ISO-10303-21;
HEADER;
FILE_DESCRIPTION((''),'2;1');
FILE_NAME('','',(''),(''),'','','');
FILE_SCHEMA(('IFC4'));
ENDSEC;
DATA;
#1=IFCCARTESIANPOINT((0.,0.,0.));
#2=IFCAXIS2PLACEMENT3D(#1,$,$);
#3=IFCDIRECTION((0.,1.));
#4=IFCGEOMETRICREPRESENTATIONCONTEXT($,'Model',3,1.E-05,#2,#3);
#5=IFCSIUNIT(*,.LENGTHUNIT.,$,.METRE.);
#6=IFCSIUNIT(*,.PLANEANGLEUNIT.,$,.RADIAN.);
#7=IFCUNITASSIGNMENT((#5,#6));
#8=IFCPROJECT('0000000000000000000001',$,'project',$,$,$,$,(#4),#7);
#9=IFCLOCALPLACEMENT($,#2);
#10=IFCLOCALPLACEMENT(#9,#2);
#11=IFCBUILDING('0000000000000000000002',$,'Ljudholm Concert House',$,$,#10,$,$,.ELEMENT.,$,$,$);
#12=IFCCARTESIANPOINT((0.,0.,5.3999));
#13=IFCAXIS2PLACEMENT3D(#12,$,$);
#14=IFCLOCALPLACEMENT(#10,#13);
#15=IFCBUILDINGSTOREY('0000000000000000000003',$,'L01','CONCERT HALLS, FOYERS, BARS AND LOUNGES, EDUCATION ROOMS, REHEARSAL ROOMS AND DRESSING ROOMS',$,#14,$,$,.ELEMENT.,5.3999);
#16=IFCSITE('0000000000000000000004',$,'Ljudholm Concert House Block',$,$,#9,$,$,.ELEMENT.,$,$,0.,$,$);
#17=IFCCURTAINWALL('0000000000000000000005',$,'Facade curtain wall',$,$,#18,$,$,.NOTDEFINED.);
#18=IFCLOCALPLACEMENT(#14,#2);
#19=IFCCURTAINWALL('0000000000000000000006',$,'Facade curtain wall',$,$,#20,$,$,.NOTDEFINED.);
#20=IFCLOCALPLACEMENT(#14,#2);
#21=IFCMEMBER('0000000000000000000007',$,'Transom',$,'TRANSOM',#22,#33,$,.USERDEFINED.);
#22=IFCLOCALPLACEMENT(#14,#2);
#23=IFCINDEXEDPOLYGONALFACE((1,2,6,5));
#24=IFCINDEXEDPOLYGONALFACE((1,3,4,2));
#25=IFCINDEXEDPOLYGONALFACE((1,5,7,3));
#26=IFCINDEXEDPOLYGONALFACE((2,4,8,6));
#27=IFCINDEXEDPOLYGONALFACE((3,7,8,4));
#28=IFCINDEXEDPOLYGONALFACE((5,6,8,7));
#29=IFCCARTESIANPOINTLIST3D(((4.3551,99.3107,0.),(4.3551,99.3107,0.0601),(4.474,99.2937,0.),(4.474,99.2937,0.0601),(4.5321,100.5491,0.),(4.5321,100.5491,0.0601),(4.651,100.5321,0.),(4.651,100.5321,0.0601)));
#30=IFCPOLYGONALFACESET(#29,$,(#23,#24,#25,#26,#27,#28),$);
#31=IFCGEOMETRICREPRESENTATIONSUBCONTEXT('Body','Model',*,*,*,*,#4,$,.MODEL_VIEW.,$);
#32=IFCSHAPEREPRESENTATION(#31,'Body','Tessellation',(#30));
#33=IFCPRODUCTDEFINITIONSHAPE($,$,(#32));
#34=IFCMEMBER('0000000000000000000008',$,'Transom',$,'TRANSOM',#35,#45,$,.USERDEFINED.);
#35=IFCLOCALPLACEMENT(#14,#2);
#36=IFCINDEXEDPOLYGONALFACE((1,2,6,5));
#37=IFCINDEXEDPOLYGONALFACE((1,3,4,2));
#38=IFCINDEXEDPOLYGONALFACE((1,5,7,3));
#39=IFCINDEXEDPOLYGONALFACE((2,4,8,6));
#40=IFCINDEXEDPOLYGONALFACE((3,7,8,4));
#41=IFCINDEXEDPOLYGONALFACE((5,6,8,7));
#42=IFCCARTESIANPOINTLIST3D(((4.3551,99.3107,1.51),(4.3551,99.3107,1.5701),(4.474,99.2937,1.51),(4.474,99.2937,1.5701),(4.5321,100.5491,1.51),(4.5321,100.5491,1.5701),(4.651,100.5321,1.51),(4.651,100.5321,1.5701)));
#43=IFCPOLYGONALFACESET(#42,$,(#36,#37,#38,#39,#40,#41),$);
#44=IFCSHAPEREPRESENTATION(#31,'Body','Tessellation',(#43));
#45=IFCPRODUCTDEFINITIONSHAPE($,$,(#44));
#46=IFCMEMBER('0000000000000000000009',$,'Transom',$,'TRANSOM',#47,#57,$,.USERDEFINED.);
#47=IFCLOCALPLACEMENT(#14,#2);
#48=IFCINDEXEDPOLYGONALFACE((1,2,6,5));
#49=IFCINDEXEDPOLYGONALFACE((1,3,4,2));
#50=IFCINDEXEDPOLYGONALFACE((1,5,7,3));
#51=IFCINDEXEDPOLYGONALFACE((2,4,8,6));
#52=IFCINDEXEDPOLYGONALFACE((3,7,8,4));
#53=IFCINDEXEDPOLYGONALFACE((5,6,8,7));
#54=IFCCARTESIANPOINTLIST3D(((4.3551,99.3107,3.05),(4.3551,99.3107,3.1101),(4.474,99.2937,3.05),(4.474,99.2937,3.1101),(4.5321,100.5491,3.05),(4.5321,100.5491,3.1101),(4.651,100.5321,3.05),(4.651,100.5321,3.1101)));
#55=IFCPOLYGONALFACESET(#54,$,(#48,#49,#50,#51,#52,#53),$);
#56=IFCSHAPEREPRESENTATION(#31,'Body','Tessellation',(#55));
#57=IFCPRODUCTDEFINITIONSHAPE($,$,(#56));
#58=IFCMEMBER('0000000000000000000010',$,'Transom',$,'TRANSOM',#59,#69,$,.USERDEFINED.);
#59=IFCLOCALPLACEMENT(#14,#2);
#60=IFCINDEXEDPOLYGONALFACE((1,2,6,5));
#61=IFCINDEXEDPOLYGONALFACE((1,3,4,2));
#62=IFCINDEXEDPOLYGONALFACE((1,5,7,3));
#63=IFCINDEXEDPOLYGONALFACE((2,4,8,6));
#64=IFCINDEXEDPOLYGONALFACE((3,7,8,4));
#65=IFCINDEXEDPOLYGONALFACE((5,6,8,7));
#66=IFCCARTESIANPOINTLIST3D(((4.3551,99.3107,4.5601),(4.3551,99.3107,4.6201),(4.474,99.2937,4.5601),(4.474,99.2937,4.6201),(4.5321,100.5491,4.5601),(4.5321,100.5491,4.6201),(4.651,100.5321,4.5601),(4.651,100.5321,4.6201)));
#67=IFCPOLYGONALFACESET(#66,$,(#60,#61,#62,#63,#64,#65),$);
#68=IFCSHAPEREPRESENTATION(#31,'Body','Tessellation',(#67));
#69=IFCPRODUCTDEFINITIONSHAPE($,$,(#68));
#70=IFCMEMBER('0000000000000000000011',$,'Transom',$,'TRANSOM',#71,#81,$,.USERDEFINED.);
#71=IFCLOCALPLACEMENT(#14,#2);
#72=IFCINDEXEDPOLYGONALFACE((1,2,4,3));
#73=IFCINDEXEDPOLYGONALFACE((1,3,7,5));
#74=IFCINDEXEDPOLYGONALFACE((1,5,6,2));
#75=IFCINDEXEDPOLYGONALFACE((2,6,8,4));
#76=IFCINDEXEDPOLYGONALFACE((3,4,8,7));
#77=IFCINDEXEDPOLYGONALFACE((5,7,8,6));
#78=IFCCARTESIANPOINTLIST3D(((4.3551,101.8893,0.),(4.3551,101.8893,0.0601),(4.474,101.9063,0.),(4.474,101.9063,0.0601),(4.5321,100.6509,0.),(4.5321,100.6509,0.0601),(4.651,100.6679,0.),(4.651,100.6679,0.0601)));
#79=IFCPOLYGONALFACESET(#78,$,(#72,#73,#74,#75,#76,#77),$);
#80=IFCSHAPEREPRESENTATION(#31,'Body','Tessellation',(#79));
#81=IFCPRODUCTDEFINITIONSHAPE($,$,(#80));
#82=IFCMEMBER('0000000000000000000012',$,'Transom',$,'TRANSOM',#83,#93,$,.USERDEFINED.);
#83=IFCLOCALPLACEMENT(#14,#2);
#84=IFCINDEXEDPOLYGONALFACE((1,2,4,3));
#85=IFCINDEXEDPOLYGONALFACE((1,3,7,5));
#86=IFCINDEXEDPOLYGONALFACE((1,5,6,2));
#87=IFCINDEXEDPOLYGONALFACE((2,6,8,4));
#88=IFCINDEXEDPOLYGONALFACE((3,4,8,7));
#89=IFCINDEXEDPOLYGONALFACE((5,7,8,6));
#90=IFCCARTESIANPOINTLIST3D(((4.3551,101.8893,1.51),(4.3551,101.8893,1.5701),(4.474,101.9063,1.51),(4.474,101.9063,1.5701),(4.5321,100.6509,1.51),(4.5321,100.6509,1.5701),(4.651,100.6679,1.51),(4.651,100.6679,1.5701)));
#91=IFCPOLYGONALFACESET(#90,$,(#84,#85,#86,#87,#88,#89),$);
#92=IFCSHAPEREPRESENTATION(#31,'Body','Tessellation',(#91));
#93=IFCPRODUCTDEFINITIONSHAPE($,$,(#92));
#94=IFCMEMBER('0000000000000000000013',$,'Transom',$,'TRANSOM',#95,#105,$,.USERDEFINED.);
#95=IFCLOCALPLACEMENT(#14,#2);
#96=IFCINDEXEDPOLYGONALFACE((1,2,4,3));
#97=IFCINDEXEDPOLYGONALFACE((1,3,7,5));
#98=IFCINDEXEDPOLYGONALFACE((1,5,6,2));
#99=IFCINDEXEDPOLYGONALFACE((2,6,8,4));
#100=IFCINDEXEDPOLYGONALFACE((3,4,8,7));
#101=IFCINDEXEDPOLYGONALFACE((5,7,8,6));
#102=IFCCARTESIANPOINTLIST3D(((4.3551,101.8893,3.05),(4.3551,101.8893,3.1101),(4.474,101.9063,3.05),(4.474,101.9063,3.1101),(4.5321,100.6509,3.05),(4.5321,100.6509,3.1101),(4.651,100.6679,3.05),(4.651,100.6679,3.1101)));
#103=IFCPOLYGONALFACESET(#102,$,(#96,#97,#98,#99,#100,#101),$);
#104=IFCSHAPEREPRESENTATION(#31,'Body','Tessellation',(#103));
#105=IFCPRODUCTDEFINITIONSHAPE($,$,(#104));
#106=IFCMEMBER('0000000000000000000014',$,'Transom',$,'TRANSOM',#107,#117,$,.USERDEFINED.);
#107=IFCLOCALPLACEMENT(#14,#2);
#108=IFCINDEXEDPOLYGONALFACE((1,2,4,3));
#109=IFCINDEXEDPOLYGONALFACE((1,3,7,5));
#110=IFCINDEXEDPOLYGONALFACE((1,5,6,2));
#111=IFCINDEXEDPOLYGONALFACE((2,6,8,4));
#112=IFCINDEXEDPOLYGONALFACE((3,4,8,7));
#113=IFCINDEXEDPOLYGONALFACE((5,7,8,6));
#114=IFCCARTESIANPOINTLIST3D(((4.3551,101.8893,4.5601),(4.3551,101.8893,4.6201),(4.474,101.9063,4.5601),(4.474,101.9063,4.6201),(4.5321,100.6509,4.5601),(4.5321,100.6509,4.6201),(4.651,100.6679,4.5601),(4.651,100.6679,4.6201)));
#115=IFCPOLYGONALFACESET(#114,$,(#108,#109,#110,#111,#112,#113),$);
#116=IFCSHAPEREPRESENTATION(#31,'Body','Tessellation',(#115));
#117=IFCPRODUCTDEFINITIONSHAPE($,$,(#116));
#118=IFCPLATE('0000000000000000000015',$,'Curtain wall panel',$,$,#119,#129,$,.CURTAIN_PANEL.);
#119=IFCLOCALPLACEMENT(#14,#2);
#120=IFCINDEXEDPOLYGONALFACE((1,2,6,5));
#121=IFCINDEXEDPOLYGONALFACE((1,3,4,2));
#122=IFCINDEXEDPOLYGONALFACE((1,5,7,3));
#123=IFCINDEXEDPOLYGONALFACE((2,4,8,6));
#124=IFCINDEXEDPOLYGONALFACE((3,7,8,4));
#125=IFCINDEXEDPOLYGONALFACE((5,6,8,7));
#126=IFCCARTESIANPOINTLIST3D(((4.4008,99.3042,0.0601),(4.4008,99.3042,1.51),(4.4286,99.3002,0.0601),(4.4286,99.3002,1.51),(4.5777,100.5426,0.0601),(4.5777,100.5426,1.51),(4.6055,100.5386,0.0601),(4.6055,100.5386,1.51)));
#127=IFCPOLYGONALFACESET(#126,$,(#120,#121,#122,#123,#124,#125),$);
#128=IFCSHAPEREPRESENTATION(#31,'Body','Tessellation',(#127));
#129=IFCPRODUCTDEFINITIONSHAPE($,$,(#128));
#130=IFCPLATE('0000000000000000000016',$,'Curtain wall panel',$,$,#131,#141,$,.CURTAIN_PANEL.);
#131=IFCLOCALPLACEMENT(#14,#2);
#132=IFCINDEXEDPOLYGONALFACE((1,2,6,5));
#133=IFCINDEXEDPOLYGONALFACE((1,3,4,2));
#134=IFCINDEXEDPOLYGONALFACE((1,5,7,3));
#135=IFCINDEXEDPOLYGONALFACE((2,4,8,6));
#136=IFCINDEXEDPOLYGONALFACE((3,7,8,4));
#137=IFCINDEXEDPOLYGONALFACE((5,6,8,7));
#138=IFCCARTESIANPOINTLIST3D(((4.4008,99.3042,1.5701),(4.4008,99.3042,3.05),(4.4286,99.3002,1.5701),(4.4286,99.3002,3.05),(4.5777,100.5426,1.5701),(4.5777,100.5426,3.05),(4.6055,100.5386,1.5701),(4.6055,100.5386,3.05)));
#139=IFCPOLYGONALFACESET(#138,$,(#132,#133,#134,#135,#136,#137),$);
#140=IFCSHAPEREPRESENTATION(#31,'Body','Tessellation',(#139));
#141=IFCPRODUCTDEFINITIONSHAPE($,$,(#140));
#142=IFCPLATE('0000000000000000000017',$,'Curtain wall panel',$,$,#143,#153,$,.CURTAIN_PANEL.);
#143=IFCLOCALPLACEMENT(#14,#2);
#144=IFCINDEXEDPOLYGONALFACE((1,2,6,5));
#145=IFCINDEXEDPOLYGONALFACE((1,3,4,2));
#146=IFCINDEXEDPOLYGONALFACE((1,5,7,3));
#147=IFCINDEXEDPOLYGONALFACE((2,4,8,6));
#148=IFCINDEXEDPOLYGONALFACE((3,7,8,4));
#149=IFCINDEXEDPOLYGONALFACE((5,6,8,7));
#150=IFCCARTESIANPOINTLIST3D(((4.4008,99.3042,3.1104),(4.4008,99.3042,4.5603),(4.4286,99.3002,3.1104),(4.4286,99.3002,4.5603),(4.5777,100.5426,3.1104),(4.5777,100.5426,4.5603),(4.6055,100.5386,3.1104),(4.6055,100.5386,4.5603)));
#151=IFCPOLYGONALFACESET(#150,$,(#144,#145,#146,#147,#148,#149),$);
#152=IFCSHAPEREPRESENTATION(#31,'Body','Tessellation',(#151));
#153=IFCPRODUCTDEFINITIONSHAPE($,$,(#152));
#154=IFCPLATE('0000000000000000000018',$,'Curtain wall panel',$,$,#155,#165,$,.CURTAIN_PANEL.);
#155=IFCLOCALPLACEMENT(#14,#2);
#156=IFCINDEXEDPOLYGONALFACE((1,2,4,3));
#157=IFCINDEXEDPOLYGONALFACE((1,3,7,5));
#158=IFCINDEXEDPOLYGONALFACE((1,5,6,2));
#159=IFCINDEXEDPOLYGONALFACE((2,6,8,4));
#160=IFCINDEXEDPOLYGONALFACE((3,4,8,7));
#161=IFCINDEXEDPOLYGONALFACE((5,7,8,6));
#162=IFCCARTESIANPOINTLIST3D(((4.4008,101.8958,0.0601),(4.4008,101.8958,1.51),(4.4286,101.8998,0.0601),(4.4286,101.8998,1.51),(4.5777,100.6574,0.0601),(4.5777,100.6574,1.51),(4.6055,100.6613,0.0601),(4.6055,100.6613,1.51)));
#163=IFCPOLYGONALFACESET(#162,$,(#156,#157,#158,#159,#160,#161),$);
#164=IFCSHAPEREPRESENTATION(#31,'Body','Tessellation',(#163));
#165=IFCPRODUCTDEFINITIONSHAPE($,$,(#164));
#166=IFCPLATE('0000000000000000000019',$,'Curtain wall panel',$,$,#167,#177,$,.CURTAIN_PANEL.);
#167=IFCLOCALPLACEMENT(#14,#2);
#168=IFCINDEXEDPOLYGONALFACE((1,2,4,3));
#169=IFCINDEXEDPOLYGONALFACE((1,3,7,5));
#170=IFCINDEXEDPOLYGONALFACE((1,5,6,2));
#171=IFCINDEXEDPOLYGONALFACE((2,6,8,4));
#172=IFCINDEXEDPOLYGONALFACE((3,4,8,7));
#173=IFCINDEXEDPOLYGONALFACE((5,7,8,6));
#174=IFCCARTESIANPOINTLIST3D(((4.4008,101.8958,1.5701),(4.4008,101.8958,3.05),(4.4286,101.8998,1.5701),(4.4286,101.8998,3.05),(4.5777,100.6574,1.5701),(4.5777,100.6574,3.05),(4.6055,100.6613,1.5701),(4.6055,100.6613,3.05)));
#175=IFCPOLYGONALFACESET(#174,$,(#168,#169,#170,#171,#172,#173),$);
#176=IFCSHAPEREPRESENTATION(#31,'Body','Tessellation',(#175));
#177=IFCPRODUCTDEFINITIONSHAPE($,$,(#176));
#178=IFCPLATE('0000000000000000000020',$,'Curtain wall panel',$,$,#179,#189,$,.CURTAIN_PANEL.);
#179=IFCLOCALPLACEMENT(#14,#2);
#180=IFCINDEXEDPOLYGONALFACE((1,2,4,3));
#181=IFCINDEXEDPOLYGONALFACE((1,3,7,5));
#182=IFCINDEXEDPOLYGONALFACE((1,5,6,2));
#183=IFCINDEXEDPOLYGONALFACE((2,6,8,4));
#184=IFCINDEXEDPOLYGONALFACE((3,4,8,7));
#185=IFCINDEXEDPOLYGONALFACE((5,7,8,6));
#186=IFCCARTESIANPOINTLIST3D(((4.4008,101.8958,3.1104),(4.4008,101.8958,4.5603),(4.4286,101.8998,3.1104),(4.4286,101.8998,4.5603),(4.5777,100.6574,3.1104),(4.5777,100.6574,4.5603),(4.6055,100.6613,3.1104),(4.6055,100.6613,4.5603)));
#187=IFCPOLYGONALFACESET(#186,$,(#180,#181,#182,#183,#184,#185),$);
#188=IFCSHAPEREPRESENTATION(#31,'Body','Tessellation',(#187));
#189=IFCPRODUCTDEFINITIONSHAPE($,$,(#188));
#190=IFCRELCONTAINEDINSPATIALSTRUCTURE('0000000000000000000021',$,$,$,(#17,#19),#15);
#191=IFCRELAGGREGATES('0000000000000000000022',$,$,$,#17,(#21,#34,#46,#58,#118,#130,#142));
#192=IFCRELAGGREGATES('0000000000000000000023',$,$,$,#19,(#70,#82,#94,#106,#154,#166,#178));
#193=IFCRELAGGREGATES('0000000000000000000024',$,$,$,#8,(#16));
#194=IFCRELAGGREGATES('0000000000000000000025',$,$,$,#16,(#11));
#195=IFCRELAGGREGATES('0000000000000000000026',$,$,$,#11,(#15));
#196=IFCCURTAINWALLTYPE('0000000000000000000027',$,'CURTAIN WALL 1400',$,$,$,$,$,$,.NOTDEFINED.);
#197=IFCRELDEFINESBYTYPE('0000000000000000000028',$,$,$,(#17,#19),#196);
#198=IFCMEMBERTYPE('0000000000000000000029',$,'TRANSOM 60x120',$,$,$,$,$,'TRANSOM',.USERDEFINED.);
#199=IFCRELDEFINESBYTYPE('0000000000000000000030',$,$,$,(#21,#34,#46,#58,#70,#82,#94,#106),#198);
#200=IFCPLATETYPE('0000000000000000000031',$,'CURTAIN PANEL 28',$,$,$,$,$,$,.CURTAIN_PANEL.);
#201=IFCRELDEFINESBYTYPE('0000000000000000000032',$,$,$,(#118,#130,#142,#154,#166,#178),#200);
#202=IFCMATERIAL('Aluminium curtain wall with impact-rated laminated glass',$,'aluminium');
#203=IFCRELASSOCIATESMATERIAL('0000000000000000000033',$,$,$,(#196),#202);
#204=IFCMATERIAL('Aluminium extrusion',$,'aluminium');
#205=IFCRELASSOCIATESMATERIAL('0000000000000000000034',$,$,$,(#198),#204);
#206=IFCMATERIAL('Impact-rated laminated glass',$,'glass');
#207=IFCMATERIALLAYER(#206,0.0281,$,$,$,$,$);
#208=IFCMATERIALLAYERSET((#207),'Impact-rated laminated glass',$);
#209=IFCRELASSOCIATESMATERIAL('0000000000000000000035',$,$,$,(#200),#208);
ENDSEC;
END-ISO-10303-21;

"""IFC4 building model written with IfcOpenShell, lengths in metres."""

from ifc_helpers import new_model, si_unit, direction, frame, origin, origin_2d, place, context, subcontext, project, spatial, rectangle, extrude, material, layer, layer_set, material_profile, profile_set, type_object, element, aggregate, save


model = new_model("IFC4")

# Units and contexts
model_context = context("Model", 3, precision=1e-05, world=origin(), true_north=direction((0.0, 1.0)))
body_context = subcontext(model_context, "Body", "Model", "MODEL_VIEW")
ifc_project = project(units=[si_unit("LENGTHUNIT", "METRE"), si_unit("PLANEANGLEUNIT", "RADIAN")], contexts=[model_context])

# Site, building, storey
site_placement = place(None, origin())
site = spatial("IfcSite", under=ifc_project, at=site_placement, Name="Ljudholm Concert House Block", CompositionType="ELEMENT", RefElevation=0.0)
building_placement = place(site_placement, origin())
building = spatial("IfcBuilding", under=site, at=building_placement, Name="Ljudholm Concert House", CompositionType="ELEMENT")
storey_placement = place(building_placement, frame((0.0, 0.0, 5.3999)))
storey = spatial("IfcBuildingStorey", under=building, at=storey_placement, Name="L01", Description="CONCERT HALLS, FOYERS, BARS AND LOUNGES, EDUCATION ROOMS, REHEARSAL ROOMS AND DRESSING ROOMS", CompositionType="ELEMENT", Elevation=5.3999)

# Curtain wall
ifc_material_1 = material(Name="Aluminium curtain wall with impact-rated laminated glass", Category="aluminium")
curtain_wall_type = type_object("IfcCurtainWallType", Name="CURTAIN WALL 1400", PredefinedType="NOTDEFINED", material=ifc_material_1)
curtain_wall_1_placement = place(storey_placement, origin())
curtain_wall_1 = element("IfcCurtainWall", 1, at=curtain_wall_1_placement, inside=storey, type_object=curtain_wall_type, Name="Facade curtain wall", PredefinedType="NOTDEFINED")

# Curtain wall
curtain_wall_2_placement = place(storey_placement, origin())
curtain_wall_2 = element("IfcCurtainWall", 2, at=curtain_wall_2_placement, inside=storey, type_object=curtain_wall_type, Name="Facade curtain wall", PredefinedType="NOTDEFINED")

# Members
ifc_material_2 = material(Name="Aluminium extrusion", Category="aluminium")
ifc_material_profile_1 = material_profile(ifc_material_2, rectangle(XDim=0.1201, YDim=0.0601, at=origin_2d()), Name="TRANSOM 60x120")
ifc_profile_set_1 = profile_set([ifc_material_profile_1], Name="Aluminium extrusion")
member_type_1 = type_object("IfcMemberType", Name="TRANSOM 60x120", ElementType="TRANSOM", PredefinedType="USERDEFINED", material=ifc_profile_set_1)
member_1_placement = place(storey_placement, frame((4.4146, 99.3022, 0.03), z_axis=(0.141503, 0.989938, 0.0), x_axis=(-0.989938, 0.141503, 0.0)))
member_1 = element("IfcMember", 3, at=member_1_placement, type_object=member_type_1, Name="Transom", ObjectType="TRANSOM", PredefinedType="USERDEFINED", context=body_context, shape_type="SweptSolid", body=[
    extrude(rectangle(XDim=0.1201, YDim=0.0601, at=origin_2d()), origin(), (0.0, 0.0, 1.0), 1.251),
])
member_2_placement = place(storey_placement, frame((4.4146, 99.3022, 1.54), z_axis=(0.141503, 0.989938, 0.0), x_axis=(-0.989938, 0.141503, 0.0)))
member_2 = element("IfcMember", 4, at=member_2_placement, type_object=member_type_1, Name="Transom", ObjectType="TRANSOM", PredefinedType="USERDEFINED", context=body_context, shape_type="SweptSolid", body=[
    extrude(rectangle(XDim=0.1201, YDim=0.0601, at=origin_2d()), origin(), (0.0, 0.0, 1.0), 1.251),
])
member_3_placement = place(storey_placement, frame((4.4146, 99.3022, 3.0801), z_axis=(0.141503, 0.989938, 0.0), x_axis=(-0.989938, 0.141503, 0.0)))
member_3 = element("IfcMember", 5, at=member_3_placement, type_object=member_type_1, Name="Transom", ObjectType="TRANSOM", PredefinedType="USERDEFINED", context=body_context, shape_type="SweptSolid", body=[
    extrude(rectangle(XDim=0.1201, YDim=0.0601, at=origin_2d()), origin(), (0.0, 0.0, 1.0), 1.251),
])
member_4_placement = place(storey_placement, frame((4.4146, 99.3022, 4.5901), z_axis=(0.141503, 0.989938, 0.0), x_axis=(-0.989938, 0.141503, 0.0)))
member_4 = element("IfcMember", 6, at=member_4_placement, type_object=member_type_1, Name="Transom", ObjectType="TRANSOM", PredefinedType="USERDEFINED", context=body_context, shape_type="SweptSolid", body=[
    extrude(rectangle(XDim=0.1201, YDim=0.0601, at=origin_2d()), origin(), (0.0, 0.0, 1.0), 1.251),
])
member_5_placement = place(storey_placement, frame((4.5916, 100.6594, 0.03), z_axis=(-0.141503, 0.989938, 0.0), x_axis=(-0.989938, -0.141503, 0.0)))
member_5 = element("IfcMember", 7, at=member_5_placement, type_object=member_type_1, Name="Transom", ObjectType="TRANSOM", PredefinedType="USERDEFINED", context=body_context, shape_type="SweptSolid", body=[
    extrude(rectangle(XDim=0.1201, YDim=0.0601, at=origin_2d()), origin(), (0.0, 0.0, 1.0), 1.251),
])
member_6_placement = place(storey_placement, frame((4.5916, 100.6594, 1.54), z_axis=(-0.141503, 0.989938, 0.0), x_axis=(-0.989938, -0.141503, 0.0)))
member_6 = element("IfcMember", 8, at=member_6_placement, type_object=member_type_1, Name="Transom", ObjectType="TRANSOM", PredefinedType="USERDEFINED", context=body_context, shape_type="SweptSolid", body=[
    extrude(rectangle(XDim=0.1201, YDim=0.0601, at=origin_2d()), origin(), (0.0, 0.0, 1.0), 1.251),
])
member_7_placement = place(storey_placement, frame((4.5916, 100.6594, 3.0801), z_axis=(-0.141503, 0.989938, 0.0), x_axis=(-0.989938, -0.141503, 0.0)))
member_7 = element("IfcMember", 9, at=member_7_placement, type_object=member_type_1, Name="Transom", ObjectType="TRANSOM", PredefinedType="USERDEFINED", context=body_context, shape_type="SweptSolid", body=[
    extrude(rectangle(XDim=0.1201, YDim=0.0601, at=origin_2d()), origin(), (0.0, 0.0, 1.0), 1.251),
])
member_8_placement = place(storey_placement, frame((4.5916, 100.6594, 4.5901), z_axis=(-0.141503, 0.989938, 0.0), x_axis=(-0.989938, -0.141503, 0.0)))
member_8 = element("IfcMember", 10, at=member_8_placement, type_object=member_type_1, Name="Transom", ObjectType="TRANSOM", PredefinedType="USERDEFINED", context=body_context, shape_type="SweptSolid", body=[
    extrude(rectangle(XDim=0.1201, YDim=0.0601, at=origin_2d()), origin(), (0.0, 0.0, 1.0), 1.251),
])

# Plates
ifc_material_3 = material(Name="Impact-rated laminated glass", Category="glass")
ifc_layer_1 = layer(ifc_material_3, 0.0281)
ifc_layer_set_1 = layer_set([ifc_layer_1], Name="Impact-rated laminated glass")
plate_type = type_object("IfcPlateType", Name="CURTAIN PANEL 28", PredefinedType="CURTAIN_PANEL", material=ifc_layer_set_1)
plate_1_placement = place(storey_placement, frame((4.5032, 99.9214, 0.0601), z_axis=(0.0, 0.0, 1.0), x_axis=(0.141421, 0.989949, 0.0)))
plate_1 = element("IfcPlate", 11, at=plate_1_placement, type_object=plate_type, Name="Curtain wall panel", PredefinedType="CURTAIN_PANEL", context=body_context, shape_type="SweptSolid", body=[
    extrude(rectangle(XDim=1.251, YDim=0.0281, at=origin_2d()), origin(), (0.0, 0.0, 1.0), 1.45),
])
plate_2_placement = place(storey_placement, frame((4.5032, 99.9214, 1.5701), z_axis=(0.0, 0.0, 1.0), x_axis=(0.141421, 0.989949, 0.0)))
plate_2 = element("IfcPlate", 12, at=plate_2_placement, type_object=plate_type, Name="Curtain wall panel", PredefinedType="CURTAIN_PANEL", context=body_context, shape_type="SweptSolid", body=[
    extrude(rectangle(XDim=1.251, YDim=0.0281, at=origin_2d()), origin(), (0.0, 0.0, 1.0), 1.48),
])
plate_3_placement = place(storey_placement, frame((4.5032, 99.9214, 3.1104), z_axis=(0.0, 0.0, 1.0), x_axis=(0.141421, 0.989949, 0.0)))
plate_3 = element("IfcPlate", 13, at=plate_3_placement, type_object=plate_type, Name="Curtain wall panel", PredefinedType="CURTAIN_PANEL", context=body_context, shape_type="SweptSolid", body=[
    extrude(rectangle(XDim=1.251, YDim=0.0281, at=origin_2d()), origin(), (0.0, 0.0, 1.0), 1.45),
])
aggregate(curtain_wall_1, [member_1, member_2, member_3, member_4, plate_1, plate_2, plate_3])
plate_4_placement = place(storey_placement, frame((4.5032, 101.2786, 0.0601), z_axis=(0.0, 0.0, 1.0), x_axis=(-0.141421, 0.989949, 0.0)))
plate_4 = element("IfcPlate", 14, at=plate_4_placement, type_object=plate_type, Name="Curtain wall panel", PredefinedType="CURTAIN_PANEL", context=body_context, shape_type="SweptSolid", body=[
    extrude(rectangle(XDim=1.251, YDim=0.0281, at=origin_2d()), origin(), (0.0, 0.0, 1.0), 1.45),
])
plate_5_placement = place(storey_placement, frame((4.5032, 101.2786, 1.5701), z_axis=(0.0, 0.0, 1.0), x_axis=(-0.141421, 0.989949, 0.0)))
plate_5 = element("IfcPlate", 15, at=plate_5_placement, type_object=plate_type, Name="Curtain wall panel", PredefinedType="CURTAIN_PANEL", context=body_context, shape_type="SweptSolid", body=[
    extrude(rectangle(XDim=1.251, YDim=0.0281, at=origin_2d()), origin(), (0.0, 0.0, 1.0), 1.48),
])
plate_6_placement = place(storey_placement, frame((4.5032, 101.2786, 3.1104), z_axis=(0.0, 0.0, 1.0), x_axis=(-0.141421, 0.989949, 0.0)))
plate_6 = element("IfcPlate", 16, at=plate_6_placement, type_object=plate_type, Name="Curtain wall panel", PredefinedType="CURTAIN_PANEL", context=body_context, shape_type="SweptSolid", body=[
    extrude(rectangle(XDim=1.251, YDim=0.0281, at=origin_2d()), origin(), (0.0, 0.0, 1.0), 1.45),
])
aggregate(curtain_wall_2, [member_5, member_6, member_7, member_8, plate_4, plate_5, plate_6])

save(model, "model.ifc")
